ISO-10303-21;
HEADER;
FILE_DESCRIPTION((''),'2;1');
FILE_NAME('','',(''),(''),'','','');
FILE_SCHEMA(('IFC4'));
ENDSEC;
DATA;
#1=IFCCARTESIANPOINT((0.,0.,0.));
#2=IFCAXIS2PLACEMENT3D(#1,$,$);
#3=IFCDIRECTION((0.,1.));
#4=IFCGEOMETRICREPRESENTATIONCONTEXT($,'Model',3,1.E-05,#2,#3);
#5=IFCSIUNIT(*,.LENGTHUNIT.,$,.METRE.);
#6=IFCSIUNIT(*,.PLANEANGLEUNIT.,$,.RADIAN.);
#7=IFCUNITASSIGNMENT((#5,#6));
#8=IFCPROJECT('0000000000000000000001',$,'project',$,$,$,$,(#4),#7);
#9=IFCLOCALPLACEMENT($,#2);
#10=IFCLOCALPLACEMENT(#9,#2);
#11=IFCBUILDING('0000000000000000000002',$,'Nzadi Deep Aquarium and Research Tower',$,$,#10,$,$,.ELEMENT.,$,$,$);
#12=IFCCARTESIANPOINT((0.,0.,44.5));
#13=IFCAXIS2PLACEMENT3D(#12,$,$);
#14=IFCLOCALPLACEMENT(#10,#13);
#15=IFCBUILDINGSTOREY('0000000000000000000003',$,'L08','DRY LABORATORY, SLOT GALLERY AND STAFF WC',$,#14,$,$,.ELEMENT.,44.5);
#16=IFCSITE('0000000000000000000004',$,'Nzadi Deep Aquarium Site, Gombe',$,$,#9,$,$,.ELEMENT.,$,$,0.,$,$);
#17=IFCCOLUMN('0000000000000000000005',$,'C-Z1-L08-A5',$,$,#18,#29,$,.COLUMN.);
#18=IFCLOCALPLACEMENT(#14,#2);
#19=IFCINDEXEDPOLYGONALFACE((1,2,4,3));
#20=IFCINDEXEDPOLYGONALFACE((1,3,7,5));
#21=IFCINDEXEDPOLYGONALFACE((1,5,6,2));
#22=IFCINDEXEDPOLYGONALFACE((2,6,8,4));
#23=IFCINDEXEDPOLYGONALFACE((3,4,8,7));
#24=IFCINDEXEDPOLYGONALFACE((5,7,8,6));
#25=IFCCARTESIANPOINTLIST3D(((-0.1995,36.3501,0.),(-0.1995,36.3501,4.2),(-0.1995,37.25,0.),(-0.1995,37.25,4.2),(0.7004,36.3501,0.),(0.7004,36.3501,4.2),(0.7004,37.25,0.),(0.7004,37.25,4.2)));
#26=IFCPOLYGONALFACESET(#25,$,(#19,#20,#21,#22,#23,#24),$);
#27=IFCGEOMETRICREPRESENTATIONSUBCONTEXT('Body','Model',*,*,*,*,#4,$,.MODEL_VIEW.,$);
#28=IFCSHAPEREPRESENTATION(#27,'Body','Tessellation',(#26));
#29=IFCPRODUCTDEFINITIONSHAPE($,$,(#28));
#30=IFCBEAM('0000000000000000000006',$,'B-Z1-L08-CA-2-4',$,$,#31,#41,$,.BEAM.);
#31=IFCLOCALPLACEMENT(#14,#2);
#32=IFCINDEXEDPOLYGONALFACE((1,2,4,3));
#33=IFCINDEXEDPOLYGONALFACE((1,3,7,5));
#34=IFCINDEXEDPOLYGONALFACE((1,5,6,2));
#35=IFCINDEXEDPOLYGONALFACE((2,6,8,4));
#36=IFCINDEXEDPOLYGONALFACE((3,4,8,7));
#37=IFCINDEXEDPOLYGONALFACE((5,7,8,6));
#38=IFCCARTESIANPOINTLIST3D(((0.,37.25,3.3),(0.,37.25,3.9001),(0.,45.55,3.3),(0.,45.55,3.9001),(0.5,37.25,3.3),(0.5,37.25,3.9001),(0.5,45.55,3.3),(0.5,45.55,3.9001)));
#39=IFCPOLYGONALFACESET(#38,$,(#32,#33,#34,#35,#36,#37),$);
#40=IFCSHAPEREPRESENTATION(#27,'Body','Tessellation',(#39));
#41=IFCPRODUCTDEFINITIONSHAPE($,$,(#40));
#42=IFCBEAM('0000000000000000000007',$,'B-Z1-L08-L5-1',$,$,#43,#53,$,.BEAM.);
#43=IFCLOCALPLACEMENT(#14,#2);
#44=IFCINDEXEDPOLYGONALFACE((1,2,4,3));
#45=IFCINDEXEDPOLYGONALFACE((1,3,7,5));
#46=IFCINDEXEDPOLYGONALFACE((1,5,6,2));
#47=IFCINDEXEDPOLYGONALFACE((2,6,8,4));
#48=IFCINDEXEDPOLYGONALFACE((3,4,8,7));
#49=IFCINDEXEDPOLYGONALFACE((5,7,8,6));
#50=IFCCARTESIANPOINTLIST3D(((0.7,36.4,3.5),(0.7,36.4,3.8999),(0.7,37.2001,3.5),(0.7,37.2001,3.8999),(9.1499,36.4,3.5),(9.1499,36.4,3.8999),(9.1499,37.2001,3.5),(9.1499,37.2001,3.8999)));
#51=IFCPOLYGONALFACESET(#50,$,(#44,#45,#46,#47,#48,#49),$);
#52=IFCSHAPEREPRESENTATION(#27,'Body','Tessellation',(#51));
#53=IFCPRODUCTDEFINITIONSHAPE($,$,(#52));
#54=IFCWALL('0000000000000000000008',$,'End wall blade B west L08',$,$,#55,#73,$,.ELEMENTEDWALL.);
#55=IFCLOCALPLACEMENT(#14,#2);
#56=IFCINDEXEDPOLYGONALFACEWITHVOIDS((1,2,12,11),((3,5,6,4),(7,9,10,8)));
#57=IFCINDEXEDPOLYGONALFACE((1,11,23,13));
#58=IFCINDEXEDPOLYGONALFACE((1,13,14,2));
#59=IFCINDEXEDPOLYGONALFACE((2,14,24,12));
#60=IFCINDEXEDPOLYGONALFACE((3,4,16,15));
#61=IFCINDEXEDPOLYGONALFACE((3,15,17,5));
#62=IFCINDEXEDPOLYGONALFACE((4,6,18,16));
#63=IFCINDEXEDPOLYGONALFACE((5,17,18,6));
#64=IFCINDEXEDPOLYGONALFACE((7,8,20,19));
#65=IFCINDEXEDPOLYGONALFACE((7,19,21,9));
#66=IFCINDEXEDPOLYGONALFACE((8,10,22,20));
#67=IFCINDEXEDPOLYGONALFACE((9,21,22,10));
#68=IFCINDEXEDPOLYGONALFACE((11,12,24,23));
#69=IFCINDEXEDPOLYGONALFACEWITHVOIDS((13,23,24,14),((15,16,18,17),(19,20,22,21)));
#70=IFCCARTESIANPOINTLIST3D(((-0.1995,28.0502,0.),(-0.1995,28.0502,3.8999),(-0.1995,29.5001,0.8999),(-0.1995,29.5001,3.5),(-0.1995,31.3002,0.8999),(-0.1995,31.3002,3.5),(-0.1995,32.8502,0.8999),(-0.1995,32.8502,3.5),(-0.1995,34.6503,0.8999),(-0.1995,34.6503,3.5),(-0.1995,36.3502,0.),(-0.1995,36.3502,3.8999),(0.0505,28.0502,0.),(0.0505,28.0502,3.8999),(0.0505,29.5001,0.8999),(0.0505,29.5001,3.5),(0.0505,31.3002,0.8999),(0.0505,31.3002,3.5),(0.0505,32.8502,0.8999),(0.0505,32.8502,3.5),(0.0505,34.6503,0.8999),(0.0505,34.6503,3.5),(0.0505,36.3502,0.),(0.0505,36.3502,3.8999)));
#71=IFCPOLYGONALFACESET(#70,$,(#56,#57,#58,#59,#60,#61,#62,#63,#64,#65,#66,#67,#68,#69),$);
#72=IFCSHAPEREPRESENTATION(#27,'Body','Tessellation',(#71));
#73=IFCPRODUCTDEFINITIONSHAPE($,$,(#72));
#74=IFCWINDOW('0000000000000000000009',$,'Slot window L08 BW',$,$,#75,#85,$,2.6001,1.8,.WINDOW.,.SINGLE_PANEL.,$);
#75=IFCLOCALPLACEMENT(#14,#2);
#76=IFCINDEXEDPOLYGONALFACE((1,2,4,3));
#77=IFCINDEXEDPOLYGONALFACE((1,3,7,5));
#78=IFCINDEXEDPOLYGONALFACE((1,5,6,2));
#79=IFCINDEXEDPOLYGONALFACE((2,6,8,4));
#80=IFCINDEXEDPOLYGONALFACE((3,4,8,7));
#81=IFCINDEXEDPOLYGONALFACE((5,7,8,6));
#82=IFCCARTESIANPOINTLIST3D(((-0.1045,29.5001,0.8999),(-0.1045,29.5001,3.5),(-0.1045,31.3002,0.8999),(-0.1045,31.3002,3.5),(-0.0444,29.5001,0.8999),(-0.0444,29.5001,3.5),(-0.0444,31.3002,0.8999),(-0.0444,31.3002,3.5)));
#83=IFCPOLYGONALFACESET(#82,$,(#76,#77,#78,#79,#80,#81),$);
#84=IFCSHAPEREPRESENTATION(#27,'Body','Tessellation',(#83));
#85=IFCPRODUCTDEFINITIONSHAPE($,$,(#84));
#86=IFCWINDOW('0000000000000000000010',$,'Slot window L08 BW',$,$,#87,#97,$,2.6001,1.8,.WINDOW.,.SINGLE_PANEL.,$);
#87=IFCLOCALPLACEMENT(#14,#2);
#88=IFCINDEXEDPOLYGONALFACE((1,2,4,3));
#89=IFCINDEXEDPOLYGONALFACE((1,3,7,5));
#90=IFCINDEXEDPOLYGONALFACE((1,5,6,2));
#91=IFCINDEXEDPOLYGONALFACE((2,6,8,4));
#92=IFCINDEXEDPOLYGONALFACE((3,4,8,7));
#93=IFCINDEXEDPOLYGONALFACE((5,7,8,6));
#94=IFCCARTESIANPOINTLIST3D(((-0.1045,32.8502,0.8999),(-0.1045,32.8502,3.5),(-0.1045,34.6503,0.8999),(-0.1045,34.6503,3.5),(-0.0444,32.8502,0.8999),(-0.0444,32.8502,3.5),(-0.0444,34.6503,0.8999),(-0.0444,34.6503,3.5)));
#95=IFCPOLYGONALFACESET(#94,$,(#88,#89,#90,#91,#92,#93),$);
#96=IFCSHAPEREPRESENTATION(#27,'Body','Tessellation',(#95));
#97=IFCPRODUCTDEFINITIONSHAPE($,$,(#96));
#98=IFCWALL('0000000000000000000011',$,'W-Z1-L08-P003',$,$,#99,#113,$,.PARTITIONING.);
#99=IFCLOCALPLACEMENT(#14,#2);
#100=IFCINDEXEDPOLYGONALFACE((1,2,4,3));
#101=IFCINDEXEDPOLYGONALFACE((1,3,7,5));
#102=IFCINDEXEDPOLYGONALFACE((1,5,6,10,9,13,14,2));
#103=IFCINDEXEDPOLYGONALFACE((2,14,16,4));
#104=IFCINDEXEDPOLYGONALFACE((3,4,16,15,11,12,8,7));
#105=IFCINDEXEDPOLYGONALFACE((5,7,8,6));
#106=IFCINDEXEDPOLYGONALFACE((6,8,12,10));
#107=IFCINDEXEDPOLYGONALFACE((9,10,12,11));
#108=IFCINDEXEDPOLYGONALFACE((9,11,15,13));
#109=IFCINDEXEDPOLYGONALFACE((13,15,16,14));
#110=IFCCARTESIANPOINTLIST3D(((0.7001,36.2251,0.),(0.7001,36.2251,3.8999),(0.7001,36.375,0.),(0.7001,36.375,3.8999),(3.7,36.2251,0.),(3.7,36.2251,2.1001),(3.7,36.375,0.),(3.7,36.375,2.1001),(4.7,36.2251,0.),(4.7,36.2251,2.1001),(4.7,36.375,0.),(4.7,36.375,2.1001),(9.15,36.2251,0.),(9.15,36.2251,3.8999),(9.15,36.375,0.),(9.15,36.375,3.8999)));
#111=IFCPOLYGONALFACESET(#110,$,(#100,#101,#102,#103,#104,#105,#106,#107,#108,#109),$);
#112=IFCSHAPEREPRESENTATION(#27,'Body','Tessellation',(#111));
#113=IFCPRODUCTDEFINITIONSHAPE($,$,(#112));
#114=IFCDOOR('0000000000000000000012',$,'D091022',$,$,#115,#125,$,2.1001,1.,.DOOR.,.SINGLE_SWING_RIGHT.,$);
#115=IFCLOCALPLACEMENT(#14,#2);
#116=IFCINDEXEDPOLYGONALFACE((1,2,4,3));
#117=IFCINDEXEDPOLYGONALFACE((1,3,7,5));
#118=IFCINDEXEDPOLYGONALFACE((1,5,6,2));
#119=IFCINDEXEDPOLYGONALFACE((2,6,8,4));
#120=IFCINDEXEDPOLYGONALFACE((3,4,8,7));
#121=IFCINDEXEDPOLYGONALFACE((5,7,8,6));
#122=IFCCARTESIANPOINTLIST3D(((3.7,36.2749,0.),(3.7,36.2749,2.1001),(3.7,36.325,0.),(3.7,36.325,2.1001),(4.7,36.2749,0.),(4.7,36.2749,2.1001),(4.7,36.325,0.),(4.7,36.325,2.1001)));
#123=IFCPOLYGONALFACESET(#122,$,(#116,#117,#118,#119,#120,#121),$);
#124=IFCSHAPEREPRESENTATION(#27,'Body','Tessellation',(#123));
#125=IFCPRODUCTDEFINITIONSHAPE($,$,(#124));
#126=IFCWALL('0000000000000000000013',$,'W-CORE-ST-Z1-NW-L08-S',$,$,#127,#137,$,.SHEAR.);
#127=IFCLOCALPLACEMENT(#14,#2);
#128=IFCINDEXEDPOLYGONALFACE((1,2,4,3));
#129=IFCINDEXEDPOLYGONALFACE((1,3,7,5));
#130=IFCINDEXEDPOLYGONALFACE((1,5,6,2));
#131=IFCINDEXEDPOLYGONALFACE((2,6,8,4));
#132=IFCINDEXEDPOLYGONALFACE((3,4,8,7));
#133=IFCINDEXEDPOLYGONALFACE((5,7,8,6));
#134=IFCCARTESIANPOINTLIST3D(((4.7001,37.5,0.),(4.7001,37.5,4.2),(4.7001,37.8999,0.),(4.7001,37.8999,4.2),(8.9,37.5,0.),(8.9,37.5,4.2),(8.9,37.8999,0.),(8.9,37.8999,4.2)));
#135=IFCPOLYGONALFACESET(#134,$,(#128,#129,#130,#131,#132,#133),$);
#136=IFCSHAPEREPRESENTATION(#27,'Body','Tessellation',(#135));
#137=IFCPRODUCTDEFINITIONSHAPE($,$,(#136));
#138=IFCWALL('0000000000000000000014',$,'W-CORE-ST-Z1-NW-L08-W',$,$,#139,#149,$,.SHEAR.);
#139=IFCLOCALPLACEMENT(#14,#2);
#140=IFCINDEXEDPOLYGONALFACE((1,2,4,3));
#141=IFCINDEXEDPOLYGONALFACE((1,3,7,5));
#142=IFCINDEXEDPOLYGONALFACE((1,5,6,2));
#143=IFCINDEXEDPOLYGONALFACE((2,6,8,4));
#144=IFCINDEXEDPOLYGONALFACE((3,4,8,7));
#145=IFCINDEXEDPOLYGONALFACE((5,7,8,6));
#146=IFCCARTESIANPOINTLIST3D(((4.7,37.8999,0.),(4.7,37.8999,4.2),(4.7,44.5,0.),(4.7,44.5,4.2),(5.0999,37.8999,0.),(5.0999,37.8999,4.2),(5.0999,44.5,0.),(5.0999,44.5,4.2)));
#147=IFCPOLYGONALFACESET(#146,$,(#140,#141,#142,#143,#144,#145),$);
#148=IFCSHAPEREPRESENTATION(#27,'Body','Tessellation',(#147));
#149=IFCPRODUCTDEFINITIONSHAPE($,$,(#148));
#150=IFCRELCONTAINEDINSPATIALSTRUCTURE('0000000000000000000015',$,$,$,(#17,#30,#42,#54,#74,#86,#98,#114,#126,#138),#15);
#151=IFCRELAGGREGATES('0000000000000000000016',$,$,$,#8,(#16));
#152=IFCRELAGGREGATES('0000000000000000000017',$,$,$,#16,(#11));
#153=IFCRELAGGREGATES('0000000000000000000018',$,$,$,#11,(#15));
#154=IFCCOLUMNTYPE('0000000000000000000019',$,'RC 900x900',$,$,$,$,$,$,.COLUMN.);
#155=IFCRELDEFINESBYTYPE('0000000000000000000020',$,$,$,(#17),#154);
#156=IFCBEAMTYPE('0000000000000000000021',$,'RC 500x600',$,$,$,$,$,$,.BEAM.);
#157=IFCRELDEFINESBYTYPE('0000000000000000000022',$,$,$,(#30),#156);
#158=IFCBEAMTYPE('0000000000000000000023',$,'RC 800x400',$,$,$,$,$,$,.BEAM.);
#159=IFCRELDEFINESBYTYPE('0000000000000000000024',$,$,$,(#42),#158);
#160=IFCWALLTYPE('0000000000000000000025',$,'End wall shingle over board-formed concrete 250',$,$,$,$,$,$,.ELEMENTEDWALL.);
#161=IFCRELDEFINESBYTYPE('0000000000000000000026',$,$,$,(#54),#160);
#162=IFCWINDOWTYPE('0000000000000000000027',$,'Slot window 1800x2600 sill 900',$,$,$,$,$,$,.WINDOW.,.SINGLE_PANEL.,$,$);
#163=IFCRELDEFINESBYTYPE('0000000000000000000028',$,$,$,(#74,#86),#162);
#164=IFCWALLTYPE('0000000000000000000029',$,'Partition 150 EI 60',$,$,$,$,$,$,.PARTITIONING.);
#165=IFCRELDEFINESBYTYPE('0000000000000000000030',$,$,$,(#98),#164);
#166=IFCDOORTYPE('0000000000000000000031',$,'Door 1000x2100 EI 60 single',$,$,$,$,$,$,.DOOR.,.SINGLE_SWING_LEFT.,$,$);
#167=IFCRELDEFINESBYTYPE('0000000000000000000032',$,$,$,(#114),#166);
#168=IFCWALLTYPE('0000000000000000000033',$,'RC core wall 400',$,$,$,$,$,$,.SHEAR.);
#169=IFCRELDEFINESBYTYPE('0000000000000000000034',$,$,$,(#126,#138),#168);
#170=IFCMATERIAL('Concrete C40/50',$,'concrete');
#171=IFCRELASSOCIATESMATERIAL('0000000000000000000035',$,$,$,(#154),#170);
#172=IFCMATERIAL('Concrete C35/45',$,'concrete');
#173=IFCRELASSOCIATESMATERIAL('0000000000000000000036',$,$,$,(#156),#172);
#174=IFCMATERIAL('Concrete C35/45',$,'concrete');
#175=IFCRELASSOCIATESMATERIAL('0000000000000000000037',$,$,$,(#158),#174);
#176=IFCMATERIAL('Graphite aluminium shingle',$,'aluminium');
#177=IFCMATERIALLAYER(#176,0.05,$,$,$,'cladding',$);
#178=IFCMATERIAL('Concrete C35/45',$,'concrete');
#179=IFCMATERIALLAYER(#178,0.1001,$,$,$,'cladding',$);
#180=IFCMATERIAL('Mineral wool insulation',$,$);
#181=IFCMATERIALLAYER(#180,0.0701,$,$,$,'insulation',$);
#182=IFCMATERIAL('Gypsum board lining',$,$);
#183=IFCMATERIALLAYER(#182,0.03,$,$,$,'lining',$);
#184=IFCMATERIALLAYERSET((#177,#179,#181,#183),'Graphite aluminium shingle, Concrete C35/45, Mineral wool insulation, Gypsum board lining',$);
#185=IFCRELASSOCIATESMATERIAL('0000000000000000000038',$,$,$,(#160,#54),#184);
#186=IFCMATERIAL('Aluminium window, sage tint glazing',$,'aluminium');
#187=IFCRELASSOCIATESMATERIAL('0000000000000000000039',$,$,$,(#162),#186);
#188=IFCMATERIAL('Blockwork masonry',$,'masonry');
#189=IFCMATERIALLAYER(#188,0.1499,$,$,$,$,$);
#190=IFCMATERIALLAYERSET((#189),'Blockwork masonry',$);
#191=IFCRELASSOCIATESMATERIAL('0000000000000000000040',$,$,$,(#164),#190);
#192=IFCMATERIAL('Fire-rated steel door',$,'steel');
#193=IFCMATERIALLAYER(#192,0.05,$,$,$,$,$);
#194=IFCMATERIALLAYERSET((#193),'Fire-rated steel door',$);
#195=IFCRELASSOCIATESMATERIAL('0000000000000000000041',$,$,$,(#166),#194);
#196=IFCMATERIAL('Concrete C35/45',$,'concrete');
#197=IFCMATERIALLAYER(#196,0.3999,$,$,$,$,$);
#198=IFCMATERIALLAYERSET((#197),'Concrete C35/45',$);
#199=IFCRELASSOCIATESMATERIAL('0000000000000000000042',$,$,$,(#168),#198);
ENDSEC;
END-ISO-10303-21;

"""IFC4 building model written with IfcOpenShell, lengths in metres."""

from ifc_helpers import new_model, si_unit, direction, frame, frame_2d, origin, origin_2d, place, context, subcontext, project, spatial, rectangle, extrude, material, layer, layer_set, layer_usage, material_profile, profile_set, type_object, element, fill, save


model = new_model("IFC4")

# Units and contexts
model_context = context("Model", 3, precision=1e-05, world=origin(), true_north=direction((0.0, 1.0)))
body_context = subcontext(model_context, "Body", "Model", "MODEL_VIEW")
ifc_project = project(units=[si_unit("LENGTHUNIT", "METRE"), si_unit("PLANEANGLEUNIT", "RADIAN")], contexts=[model_context])

# Site, building, storey
site_placement = place(None, origin())
site = spatial("IfcSite", under=ifc_project, at=site_placement, Name="Nzadi Deep Aquarium Site, Gombe", CompositionType="ELEMENT", RefElevation=0.0)
building_placement = place(site_placement, origin())
building = spatial("IfcBuilding", under=site, at=building_placement, Name="Nzadi Deep Aquarium and Research Tower", CompositionType="ELEMENT")
storey_placement = place(building_placement, frame((0.0, 0.0, 44.5)))
storey = spatial("IfcBuildingStorey", under=building, at=storey_placement, Name="L08", Description="DRY LABORATORY, SLOT GALLERY AND STAFF WC", CompositionType="ELEMENT", Elevation=44.5)

# Column
ifc_material_1 = material(Name="Concrete C40/50", Category="concrete")
ifc_material_profile_1 = material_profile(ifc_material_1, rectangle(XDim=0.8999, YDim=0.8999, at=origin_2d()))
ifc_profile_set_1 = profile_set([ifc_material_profile_1], Name="Concrete C40/50")
column_type = type_object("IfcColumnType", Name="RC 900x900", PredefinedType="COLUMN", material=ifc_profile_set_1)
column_placement = place(storey_placement, frame((0.2505, 36.8, 0.0), z_axis=(0.0, 0.0, 1.0), x_axis=(1.0, 0.0, 0.0)))
element("IfcColumn", 1, at=column_placement, inside=storey, type_object=column_type, Name="C-Z1-L08-A5", PredefinedType="COLUMN", context=body_context, shape_type="SweptSolid", body=[
    extrude(rectangle(XDim=0.8999, YDim=0.8999, at=origin_2d()), origin(), (0.0, 0.0, 1.0), 4.2),
])

# Beams
ifc_material_2 = material(Name="Concrete C35/45", Category="concrete")
ifc_material_profile_2 = material_profile(ifc_material_2, rectangle(XDim=0.5, YDim=0.6001, at=origin_2d()))
ifc_profile_set_2 = profile_set([ifc_material_profile_2], Name="Concrete C35/45")
beam_type_1 = type_object("IfcBeamType", Name="RC 500x600", PredefinedType="BEAM", material=ifc_profile_set_2)
beam_1_placement = place(storey_placement, frame((0.25, 37.25, 3.6001), z_axis=(0.0, 1.0, 0.0), x_axis=(-1.0, 0.0, 0.0)))
element("IfcBeam", 2, at=beam_1_placement, inside=storey, type_object=beam_type_1, Name="B-Z1-L08-CA-2-4", PredefinedType="BEAM", context=body_context, shape_type="SweptSolid", body=[
    extrude(rectangle(XDim=0.5, YDim=0.6001, at=origin_2d()), origin(), (0.0, 0.0, 1.0), 8.3),
])
ifc_material_3 = material(Name="Concrete C35/45", Category="concrete")
ifc_material_profile_3 = material_profile(ifc_material_3, rectangle(XDim=0.8, YDim=0.3999, at=origin_2d()))
ifc_profile_set_3 = profile_set([ifc_material_profile_3], Name="Concrete C35/45")
beam_type_2 = type_object("IfcBeamType", Name="RC 800x400", PredefinedType="BEAM", material=ifc_profile_set_3)
beam_2_placement = place(storey_placement, frame((0.7, 36.8, 3.7), z_axis=(1.0, 0.0, 0.0), x_axis=(0.0, 1.0, 0.0)))
element("IfcBeam", 3, at=beam_2_placement, inside=storey, type_object=beam_type_2, Name="B-Z1-L08-L5-1", PredefinedType="BEAM", context=body_context, shape_type="SweptSolid", body=[
    extrude(rectangle(XDim=0.8, YDim=0.3999, at=origin_2d()), origin(), (0.0, 0.0, 1.0), 8.45),
])

# Wall, openings, windows
ifc_material_4 = material(Name="Graphite aluminium shingle", Category="aluminium")
ifc_layer_1 = layer(ifc_material_4, 0.05, Category="cladding")
ifc_material_5 = material(Name="Concrete C35/45", Category="concrete")
ifc_layer_2 = layer(ifc_material_5, 0.1001, Category="cladding")
ifc_material_6 = material(Name="Mineral wool insulation")
ifc_layer_3 = layer(ifc_material_6, 0.0701, Category="insulation")
ifc_material_7 = material(Name="Gypsum board lining")
ifc_layer_4 = layer(ifc_material_7, 0.03, Category="lining")
ifc_layer_set_1 = layer_set([ifc_layer_1, ifc_layer_2, ifc_layer_3, ifc_layer_4], Name="Graphite aluminium shingle, Concrete C35/45, Mineral wool insulation, Gypsum board lining")
ifc_layer_usage = layer_usage(ifc_layer_set_1, "AXIS2", "POSITIVE", -0.125)
wall_type_1 = type_object("IfcWallType", Name="End wall shingle over board-formed concrete 250", PredefinedType="ELEMENTEDWALL", material=ifc_layer_set_1)
wall_1_placement = place(storey_placement, frame((-0.0745, 36.3501, 0.0), z_axis=(0.0, 0.0, 1.0), x_axis=(0.0, -1.0, 0.0)))
wall_1 = element("IfcWall", 4, at=wall_1_placement, inside=storey, type_object=wall_type_1, material=ifc_layer_usage, Name="End wall blade B west L08", PredefinedType="ELEMENTEDWALL", context=body_context, shape_type="SweptSolid", body=[
    extrude(rectangle(XDim=8.3, YDim=0.25, at=frame_2d((4.1499, 0.0))), origin(), (0.0, 0.0, 1.0), 3.8999),
])
opening_1_placement = place(wall_1_placement, frame((5.05, 0.0, 0.8999)))
opening_1 = element("IfcOpeningElement", 5, at=opening_1_placement, cuts=wall_1, PredefinedType="OPENING", context=body_context, shape_type="SweptSolid", body=[
    extrude(rectangle(XDim=1.8, YDim=2.6001, at=frame_2d((0.8999, 1.3))), frame((0.0, 0.135, 0.0), z_axis=(0.0, -1.0, 0.0), x_axis=(1.0, 0.0, 0.0)), (0.0, 0.0, 1.0), 0.27),
])
opening_2_placement = place(wall_1_placement, frame((1.7, 0.0, 0.8999)))
opening_2 = element("IfcOpeningElement", 6, at=opening_2_placement, cuts=wall_1, PredefinedType="OPENING", context=body_context, shape_type="SweptSolid", body=[
    extrude(rectangle(XDim=1.8, YDim=2.6001, at=frame_2d((0.8999, 1.3))), frame((0.0, 0.135, 0.0), z_axis=(0.0, -1.0, 0.0), x_axis=(1.0, 0.0, 0.0)), (0.0, 0.0, 1.0), 0.27),
])
ifc_material_8 = material(Name="Aluminium window, sage tint glazing", Category="aluminium")
window_type = type_object("IfcWindowType", Name="Slot window 1800x2600 sill 900", PartitioningType="SINGLE_PANEL", PredefinedType="WINDOW", material=ifc_material_8)
window_1_placement = place(opening_1_placement, origin())
window_1 = element("IfcWindow", 7, at=window_1_placement, inside=storey, type_object=window_type, Name="Slot window L08 BW", OverallHeight=2.6001, OverallWidth=1.8, PartitioningType="SINGLE_PANEL", PredefinedType="WINDOW", context=body_context, shape_type="SweptSolid", body=[
    extrude(rectangle(XDim=1.8, YDim=2.6001, at=frame_2d((0.8999, 1.3))), frame((0.0, 0.03, 0.0), z_axis=(0.0, -1.0, 0.0), x_axis=(1.0, 0.0, 0.0)), (0.0, 0.0, 1.0), 0.0601),
])
fill(opening_1, window_1)
window_2_placement = place(opening_2_placement, origin())
window_2 = element("IfcWindow", 8, at=window_2_placement, inside=storey, type_object=window_type, Name="Slot window L08 BW", OverallHeight=2.6001, OverallWidth=1.8, PartitioningType="SINGLE_PANEL", PredefinedType="WINDOW", context=body_context, shape_type="SweptSolid", body=[
    extrude(rectangle(XDim=1.8, YDim=2.6001, at=frame_2d((0.8999, 1.3))), frame((0.0, 0.03, 0.0), z_axis=(0.0, -1.0, 0.0), x_axis=(1.0, 0.0, 0.0)), (0.0, 0.0, 1.0), 0.0601),
])
fill(opening_2, window_2)

# Wall, opening, door
ifc_material_9 = material(Name="Blockwork masonry", Category="masonry")
ifc_layer_5 = layer(ifc_material_9, 0.1499)
ifc_layer_set_2 = layer_set([ifc_layer_5], Name="Blockwork masonry")
wall_type_2 = type_object("IfcWallType", Name="Partition 150 EI 60", PredefinedType="PARTITIONING", material=ifc_layer_set_2)
wall_2_placement = place(storey_placement, frame((0.7, 36.3, 0.0), z_axis=(0.0, 0.0, 1.0), x_axis=(1.0, 0.0, 0.0)))
wall_2 = element("IfcWall", 9, at=wall_2_placement, inside=storey, type_object=wall_type_2, Name="W-Z1-L08-P003", PredefinedType="PARTITIONING", context=body_context, shape_type="SweptSolid", body=[
    extrude(rectangle(XDim=8.45, YDim=0.1499, at=frame_2d((4.2251, 0.0))), origin(), (0.0, 0.0, 1.0), 3.8999),
])
opening_3_placement = place(wall_2_placement, frame((3.0, 0.0, 0.0)))
opening_3 = element("IfcOpeningElement", 10, at=opening_3_placement, cuts=wall_2, PredefinedType="OPENING", context=body_context, shape_type="SweptSolid", body=[
    extrude(rectangle(XDim=1.0, YDim=2.1001, at=frame_2d((0.5, 1.05))), frame((0.0, 0.085, 0.0), z_axis=(0.0, -1.0, 0.0), x_axis=(1.0, 0.0, 0.0)), (0.0, 0.0, 1.0), 0.1699),
])
ifc_material_10 = material(Name="Fire-rated steel door", Category="steel")
ifc_layer_6 = layer(ifc_material_10, 0.05)
ifc_layer_set_3 = layer_set([ifc_layer_6], Name="Fire-rated steel door")
door_type_1 = type_object("IfcDoorType", Name="Door 1000x2100 EI 60 single", OperationType="SINGLE_SWING_LEFT", PredefinedType="DOOR", material=ifc_layer_set_3)
door_1_placement = place(opening_3_placement, origin())
door_1 = element("IfcDoor", 11, at=door_1_placement, inside=storey, type_object=door_type_1, Name="D091022", OperationType="SINGLE_SWING_RIGHT", OverallHeight=2.1001, OverallWidth=1.0, PredefinedType="DOOR", context=body_context, shape_type="SweptSolid", body=[
    extrude(rectangle(XDim=1.0, YDim=2.1001, at=frame_2d((0.5, 1.05))), frame((0.0, 0.0249, 0.0), z_axis=(0.0, -1.0, 0.0), x_axis=(1.0, 0.0, 0.0)), (0.0, 0.0, 1.0), 0.05),
])
fill(opening_3, door_1)

# Walls
ifc_material_11 = material(Name="Concrete C35/45", Category="concrete")
ifc_layer_7 = layer(ifc_material_11, 0.3999)
ifc_layer_set_4 = layer_set([ifc_layer_7], Name="Concrete C35/45")
wall_type_3 = type_object("IfcWallType", Name="RC core wall 400", PredefinedType="SHEAR", material=ifc_layer_set_4)
wall_3_placement = place(storey_placement, frame((4.7, 37.7, 0.0), z_axis=(0.0, 0.0, 1.0), x_axis=(1.0, 0.0, 0.0)))
element("IfcWall", 12, at=wall_3_placement, inside=storey, type_object=wall_type_3, Name="W-CORE-ST-Z1-NW-L08-S", PredefinedType="SHEAR", context=body_context, shape_type="SweptSolid", body=[
    extrude(rectangle(XDim=4.2, YDim=0.3999, at=frame_2d((2.1001, 0.0))), origin(), (0.0, 0.0, 1.0), 4.2),
])
wall_4_placement = place(storey_placement, frame((4.8999, 37.8999, 0.0), z_axis=(0.0, 0.0, 1.0), x_axis=(0.0, 1.0, 0.0)))
element("IfcWall", 13, at=wall_4_placement, inside=storey, type_object=wall_type_3, Name="W-CORE-ST-Z1-NW-L08-W", PredefinedType="SHEAR", context=body_context, shape_type="SweptSolid", body=[
    extrude(rectangle(XDim=6.6001, YDim=0.3999, at=frame_2d((3.3, 0.0))), origin(), (0.0, 0.0, 1.0), 4.2),
])

save(model, "model.ifc")
